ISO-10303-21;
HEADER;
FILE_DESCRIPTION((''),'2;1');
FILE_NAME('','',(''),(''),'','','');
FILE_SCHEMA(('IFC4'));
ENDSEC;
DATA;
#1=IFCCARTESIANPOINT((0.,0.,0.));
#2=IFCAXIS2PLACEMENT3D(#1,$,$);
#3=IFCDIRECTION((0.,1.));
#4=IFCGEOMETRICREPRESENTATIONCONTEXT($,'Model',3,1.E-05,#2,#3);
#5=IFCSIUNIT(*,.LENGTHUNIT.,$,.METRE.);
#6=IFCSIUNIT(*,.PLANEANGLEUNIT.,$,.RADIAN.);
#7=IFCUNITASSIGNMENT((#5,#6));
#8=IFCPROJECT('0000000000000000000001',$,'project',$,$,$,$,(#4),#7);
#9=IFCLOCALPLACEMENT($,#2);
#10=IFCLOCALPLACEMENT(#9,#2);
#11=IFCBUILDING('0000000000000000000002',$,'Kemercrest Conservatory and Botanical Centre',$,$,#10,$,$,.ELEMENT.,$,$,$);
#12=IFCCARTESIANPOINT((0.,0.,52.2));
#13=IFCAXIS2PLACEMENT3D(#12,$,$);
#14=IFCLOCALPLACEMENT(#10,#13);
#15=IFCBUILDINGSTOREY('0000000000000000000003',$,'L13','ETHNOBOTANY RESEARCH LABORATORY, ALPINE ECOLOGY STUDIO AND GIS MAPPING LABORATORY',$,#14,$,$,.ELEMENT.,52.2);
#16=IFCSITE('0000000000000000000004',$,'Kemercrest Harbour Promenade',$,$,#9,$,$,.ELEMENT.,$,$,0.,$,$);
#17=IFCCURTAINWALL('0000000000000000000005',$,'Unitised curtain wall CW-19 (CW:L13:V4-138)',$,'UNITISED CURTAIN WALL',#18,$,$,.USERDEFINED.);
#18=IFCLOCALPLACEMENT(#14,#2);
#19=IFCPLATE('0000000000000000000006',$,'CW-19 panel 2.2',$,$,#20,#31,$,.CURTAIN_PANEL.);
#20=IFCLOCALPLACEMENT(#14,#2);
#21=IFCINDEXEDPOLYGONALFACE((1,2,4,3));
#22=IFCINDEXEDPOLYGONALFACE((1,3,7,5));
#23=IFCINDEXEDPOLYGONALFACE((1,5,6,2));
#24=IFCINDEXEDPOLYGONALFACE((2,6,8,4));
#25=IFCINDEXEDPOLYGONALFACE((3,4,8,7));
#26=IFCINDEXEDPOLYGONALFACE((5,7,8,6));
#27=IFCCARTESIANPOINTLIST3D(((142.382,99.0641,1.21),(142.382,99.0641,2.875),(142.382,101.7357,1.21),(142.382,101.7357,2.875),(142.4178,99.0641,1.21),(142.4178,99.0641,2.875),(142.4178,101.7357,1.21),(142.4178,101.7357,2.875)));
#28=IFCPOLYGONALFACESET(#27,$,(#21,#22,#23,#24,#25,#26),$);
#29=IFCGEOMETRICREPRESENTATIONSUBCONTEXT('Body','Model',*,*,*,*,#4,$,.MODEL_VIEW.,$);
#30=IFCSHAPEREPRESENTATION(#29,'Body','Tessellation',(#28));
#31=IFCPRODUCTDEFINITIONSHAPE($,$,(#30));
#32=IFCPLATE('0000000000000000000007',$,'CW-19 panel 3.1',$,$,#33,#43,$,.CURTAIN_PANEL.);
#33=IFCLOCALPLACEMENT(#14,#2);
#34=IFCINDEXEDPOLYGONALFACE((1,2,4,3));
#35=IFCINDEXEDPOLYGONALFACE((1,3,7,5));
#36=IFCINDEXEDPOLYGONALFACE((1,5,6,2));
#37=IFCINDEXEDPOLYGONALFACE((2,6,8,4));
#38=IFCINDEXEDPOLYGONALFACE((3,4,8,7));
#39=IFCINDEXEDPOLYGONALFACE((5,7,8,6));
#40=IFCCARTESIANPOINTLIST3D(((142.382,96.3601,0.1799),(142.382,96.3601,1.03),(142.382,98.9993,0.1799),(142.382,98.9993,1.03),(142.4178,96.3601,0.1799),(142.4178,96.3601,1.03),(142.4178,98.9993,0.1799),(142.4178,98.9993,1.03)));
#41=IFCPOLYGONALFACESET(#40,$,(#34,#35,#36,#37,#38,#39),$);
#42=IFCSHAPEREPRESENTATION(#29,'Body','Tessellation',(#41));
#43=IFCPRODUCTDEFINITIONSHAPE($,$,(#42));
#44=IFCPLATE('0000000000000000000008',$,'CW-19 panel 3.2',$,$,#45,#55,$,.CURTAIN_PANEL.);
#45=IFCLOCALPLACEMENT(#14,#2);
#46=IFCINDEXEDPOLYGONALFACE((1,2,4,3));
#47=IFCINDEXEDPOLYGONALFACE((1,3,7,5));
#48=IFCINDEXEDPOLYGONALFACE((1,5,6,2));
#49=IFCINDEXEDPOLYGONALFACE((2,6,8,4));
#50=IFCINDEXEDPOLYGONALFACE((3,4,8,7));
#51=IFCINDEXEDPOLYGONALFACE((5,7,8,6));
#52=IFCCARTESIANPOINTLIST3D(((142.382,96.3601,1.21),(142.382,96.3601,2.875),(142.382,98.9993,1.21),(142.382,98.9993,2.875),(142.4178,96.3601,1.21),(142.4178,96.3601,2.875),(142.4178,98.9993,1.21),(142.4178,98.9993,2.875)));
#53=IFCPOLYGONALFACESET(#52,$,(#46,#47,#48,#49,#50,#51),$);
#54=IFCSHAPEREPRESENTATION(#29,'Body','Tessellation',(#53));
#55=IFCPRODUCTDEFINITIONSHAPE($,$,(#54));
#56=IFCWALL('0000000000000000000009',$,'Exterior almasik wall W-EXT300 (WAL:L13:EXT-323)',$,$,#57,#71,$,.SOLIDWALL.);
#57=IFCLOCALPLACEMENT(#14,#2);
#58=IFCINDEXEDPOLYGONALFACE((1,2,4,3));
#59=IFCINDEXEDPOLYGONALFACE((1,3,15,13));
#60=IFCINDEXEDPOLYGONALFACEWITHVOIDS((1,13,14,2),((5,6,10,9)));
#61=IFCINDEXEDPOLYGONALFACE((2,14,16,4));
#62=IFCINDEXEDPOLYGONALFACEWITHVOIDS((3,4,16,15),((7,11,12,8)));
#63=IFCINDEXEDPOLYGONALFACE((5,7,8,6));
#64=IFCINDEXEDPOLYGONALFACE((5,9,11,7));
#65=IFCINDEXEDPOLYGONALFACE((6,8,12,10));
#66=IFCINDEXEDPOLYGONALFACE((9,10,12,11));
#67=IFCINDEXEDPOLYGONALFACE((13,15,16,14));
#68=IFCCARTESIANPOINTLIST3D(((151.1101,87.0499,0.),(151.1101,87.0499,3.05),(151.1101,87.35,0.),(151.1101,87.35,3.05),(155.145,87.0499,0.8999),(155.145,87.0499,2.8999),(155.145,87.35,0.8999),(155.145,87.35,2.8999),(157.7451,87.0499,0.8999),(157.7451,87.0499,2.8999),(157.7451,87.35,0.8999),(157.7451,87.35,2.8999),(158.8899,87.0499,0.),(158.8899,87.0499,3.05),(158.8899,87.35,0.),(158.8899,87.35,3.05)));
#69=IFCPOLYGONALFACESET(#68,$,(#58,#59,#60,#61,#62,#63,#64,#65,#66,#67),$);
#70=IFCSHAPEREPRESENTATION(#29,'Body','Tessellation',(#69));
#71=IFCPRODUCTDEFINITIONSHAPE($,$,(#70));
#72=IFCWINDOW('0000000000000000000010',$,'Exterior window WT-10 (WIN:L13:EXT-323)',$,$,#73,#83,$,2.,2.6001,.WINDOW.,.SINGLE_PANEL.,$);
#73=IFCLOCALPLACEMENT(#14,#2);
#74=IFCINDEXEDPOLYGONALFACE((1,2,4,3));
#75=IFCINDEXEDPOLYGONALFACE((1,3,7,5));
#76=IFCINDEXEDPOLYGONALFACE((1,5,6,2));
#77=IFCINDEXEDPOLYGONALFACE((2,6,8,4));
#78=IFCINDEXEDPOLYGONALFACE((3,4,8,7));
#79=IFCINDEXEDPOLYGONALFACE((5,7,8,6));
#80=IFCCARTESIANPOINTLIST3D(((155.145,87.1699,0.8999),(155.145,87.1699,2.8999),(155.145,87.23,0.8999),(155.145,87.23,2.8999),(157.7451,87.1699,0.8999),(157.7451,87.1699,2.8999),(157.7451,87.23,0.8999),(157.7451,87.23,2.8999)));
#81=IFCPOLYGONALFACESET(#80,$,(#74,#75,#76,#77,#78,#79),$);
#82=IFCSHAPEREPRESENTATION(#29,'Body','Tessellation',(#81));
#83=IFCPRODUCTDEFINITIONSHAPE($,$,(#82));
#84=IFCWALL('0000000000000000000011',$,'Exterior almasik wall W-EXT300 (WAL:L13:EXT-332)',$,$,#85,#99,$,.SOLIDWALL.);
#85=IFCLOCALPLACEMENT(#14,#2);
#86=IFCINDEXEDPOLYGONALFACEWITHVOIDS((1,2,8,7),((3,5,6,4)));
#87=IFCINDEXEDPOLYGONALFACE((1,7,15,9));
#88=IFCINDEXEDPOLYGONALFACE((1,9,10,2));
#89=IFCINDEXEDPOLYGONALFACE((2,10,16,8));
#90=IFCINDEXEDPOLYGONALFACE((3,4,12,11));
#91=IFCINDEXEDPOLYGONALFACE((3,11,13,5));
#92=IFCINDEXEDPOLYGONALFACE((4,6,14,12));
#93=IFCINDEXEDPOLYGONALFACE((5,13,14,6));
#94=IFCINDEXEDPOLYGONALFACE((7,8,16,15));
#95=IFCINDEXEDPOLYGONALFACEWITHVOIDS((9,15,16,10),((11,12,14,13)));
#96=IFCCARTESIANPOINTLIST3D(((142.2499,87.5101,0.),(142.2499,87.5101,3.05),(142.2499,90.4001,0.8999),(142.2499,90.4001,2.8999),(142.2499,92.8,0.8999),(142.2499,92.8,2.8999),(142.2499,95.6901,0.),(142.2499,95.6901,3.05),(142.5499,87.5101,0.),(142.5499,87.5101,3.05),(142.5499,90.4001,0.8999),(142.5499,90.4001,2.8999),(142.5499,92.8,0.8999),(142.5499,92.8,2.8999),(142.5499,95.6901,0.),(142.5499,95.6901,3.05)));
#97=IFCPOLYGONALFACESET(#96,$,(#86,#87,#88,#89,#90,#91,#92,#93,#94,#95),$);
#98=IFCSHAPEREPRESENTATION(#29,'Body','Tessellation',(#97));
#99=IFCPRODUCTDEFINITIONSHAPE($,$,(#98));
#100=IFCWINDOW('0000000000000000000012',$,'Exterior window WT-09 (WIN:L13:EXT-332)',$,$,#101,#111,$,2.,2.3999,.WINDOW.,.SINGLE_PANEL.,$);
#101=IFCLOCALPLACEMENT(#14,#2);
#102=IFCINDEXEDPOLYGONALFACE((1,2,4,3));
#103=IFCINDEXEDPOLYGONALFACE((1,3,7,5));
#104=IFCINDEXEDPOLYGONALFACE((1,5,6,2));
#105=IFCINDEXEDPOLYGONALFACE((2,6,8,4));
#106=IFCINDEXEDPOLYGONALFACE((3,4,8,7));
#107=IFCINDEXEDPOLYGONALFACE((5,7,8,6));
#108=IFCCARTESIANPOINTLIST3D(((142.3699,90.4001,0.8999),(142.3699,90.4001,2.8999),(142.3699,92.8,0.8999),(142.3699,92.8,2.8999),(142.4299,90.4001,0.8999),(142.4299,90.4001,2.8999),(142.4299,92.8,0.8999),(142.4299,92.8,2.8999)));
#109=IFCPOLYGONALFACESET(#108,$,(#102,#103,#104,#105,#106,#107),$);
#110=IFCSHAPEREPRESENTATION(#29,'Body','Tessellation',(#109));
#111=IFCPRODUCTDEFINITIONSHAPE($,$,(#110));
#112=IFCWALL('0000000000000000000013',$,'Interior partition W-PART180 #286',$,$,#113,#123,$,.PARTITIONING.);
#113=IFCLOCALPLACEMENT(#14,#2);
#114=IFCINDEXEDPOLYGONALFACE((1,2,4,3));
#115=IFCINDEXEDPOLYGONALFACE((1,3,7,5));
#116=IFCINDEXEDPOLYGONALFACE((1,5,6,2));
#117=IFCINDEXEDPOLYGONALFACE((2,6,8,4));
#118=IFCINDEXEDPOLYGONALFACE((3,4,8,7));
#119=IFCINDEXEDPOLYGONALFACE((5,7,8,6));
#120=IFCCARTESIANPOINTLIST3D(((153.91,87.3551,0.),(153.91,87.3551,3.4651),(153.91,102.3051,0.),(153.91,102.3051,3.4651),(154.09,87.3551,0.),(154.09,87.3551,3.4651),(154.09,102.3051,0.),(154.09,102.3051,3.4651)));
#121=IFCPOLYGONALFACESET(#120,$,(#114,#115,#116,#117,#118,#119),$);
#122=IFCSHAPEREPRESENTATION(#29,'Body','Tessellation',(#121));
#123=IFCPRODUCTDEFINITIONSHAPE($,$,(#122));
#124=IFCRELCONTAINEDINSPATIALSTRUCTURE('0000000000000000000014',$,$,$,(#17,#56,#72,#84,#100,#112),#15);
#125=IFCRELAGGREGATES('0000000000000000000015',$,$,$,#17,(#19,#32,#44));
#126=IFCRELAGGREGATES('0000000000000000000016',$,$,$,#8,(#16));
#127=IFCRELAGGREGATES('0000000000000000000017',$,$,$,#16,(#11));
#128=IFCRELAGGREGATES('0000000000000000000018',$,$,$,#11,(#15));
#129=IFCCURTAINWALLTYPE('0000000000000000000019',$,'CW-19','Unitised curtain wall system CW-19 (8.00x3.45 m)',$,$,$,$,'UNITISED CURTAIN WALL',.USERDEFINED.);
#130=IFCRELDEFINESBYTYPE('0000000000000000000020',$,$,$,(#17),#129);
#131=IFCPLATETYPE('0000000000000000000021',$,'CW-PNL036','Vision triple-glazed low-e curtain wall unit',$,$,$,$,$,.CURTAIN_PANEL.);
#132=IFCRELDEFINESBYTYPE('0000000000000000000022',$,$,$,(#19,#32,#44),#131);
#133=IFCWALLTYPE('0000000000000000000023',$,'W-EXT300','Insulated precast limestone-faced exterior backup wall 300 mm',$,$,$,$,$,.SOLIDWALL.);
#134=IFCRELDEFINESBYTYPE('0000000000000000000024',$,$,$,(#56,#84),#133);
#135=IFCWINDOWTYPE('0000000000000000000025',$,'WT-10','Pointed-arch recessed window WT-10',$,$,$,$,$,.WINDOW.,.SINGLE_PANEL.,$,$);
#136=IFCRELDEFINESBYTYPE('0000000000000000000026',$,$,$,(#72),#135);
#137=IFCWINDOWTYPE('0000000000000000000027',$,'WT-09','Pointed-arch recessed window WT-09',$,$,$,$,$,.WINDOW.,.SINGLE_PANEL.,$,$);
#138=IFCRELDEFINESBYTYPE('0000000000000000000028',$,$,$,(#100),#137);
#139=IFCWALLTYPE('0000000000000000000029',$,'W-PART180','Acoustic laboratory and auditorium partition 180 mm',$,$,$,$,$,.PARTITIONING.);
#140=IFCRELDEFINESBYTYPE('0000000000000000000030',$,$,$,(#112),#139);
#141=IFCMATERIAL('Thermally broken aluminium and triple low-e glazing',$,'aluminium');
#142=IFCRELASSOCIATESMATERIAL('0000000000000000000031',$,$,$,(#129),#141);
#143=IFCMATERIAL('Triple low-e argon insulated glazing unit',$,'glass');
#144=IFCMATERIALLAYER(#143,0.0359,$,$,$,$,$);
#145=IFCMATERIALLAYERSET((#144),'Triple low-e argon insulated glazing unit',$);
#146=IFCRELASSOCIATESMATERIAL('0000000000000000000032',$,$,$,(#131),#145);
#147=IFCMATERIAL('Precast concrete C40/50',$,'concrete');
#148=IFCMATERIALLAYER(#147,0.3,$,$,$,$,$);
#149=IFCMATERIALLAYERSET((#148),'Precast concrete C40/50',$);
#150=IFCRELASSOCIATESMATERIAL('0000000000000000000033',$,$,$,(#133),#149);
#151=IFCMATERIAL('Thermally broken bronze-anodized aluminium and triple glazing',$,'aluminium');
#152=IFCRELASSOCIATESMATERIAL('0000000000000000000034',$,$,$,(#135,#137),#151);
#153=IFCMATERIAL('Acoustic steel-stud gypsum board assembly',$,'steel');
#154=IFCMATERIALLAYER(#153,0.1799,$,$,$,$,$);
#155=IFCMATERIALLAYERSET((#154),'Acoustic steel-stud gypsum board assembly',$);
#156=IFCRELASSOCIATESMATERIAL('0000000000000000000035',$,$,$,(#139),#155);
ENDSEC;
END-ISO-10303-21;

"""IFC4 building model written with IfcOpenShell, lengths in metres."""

from ifc_helpers import new_model, si_unit, direction, frame, frame_2d, origin, origin_2d, place, context, subcontext, project, spatial, rectangle, extrude, material, layer, layer_set, type_object, element, fill, aggregate, save


model = new_model("IFC4")

# Units and contexts
model_context = context("Model", 3, precision=1e-05, world=origin(), true_north=direction((0.0, 1.0)))
body_context = subcontext(model_context, "Body", "Model", "MODEL_VIEW")
ifc_project = project(units=[si_unit("LENGTHUNIT", "METRE"), si_unit("PLANEANGLEUNIT", "RADIAN")], contexts=[model_context])

# Site, building, storey
site_placement = place(None, origin())
site = spatial("IfcSite", under=ifc_project, at=site_placement, Name="Kemercrest Harbour Promenade", CompositionType="ELEMENT", RefElevation=0.0)
building_placement = place(site_placement, origin())
building = spatial("IfcBuilding", under=site, at=building_placement, Name="Kemercrest Conservatory and Botanical Centre", CompositionType="ELEMENT")
storey_placement = place(building_placement, frame((0.0, 0.0, 52.2)))
storey = spatial("IfcBuildingStorey", under=building, at=storey_placement, Name="L13", Description="ETHNOBOTANY RESEARCH LABORATORY, ALPINE ECOLOGY STUDIO AND GIS MAPPING LABORATORY", CompositionType="ELEMENT", Elevation=52.2)

# Curtain wall
ifc_material_1 = material(Name="Thermally broken aluminium and triple low-e glazing", Category="aluminium")
curtain_wall_type = type_object("IfcCurtainWallType", Name="CW-19", Description="Unitised curtain wall system CW-19 (8.00x3.45 m)", ElementType="UNITISED CURTAIN WALL", PredefinedType="USERDEFINED", material=ifc_material_1)
curtain_wall_placement = place(storey_placement, origin())
curtain_wall = element("IfcCurtainWall", 1, at=curtain_wall_placement, inside=storey, type_object=curtain_wall_type, Name="Unitised curtain wall CW-19 (CW:L13:V4-138)", ObjectType="UNITISED CURTAIN WALL", PredefinedType="USERDEFINED")

# Plates
ifc_material_2 = material(Name="Triple low-e argon insulated glazing unit", Category="glass")
ifc_layer_1 = layer(ifc_material_2, 0.0359)
ifc_layer_set_1 = layer_set([ifc_layer_1], Name="Triple low-e argon insulated glazing unit")
plate_type = type_object("IfcPlateType", Name="CW-PNL036", Description="Vision triple-glazed low-e curtain wall unit", PredefinedType="CURTAIN_PANEL", material=ifc_layer_set_1)
plate_1_placement = place(storey_placement, frame((142.3999, 100.3999, 1.21), z_axis=(0.0, 0.0, 1.0), x_axis=(0.0, -1.0, 0.0)))
plate_1 = element("IfcPlate", 2, at=plate_1_placement, type_object=plate_type, Name="CW-19 panel 2.2", PredefinedType="CURTAIN_PANEL", context=body_context, shape_type="SweptSolid", body=[
    extrude(rectangle(XDim=2.6716, YDim=0.0359, at=origin_2d()), origin(), (0.0, 0.0, 1.0), 1.665),
])
plate_2_placement = place(storey_placement, frame((142.3999, 97.6797, 0.1799), z_axis=(0.0, 0.0, 1.0), x_axis=(0.0, -1.0, 0.0)))
plate_2 = element("IfcPlate", 3, at=plate_2_placement, type_object=plate_type, Name="CW-19 panel 3.1", PredefinedType="CURTAIN_PANEL", context=body_context, shape_type="SweptSolid", body=[
    extrude(rectangle(XDim=2.6392, YDim=0.0359, at=origin_2d()), origin(), (0.0, 0.0, 1.0), 0.8501),
])
plate_3_placement = place(storey_placement, frame((142.3999, 97.6797, 1.21), z_axis=(0.0, 0.0, 1.0), x_axis=(0.0, -1.0, 0.0)))
plate_3 = element("IfcPlate", 4, at=plate_3_placement, type_object=plate_type, Name="CW-19 panel 3.2", PredefinedType="CURTAIN_PANEL", context=body_context, shape_type="SweptSolid", body=[
    extrude(rectangle(XDim=2.6392, YDim=0.0359, at=origin_2d()), origin(), (0.0, 0.0, 1.0), 1.665),
])
aggregate(curtain_wall, [plate_1, plate_2, plate_3])

# Walls, openings, windows
ifc_material_3 = material(Name="Precast concrete C40/50", Category="concrete")
ifc_layer_2 = layer(ifc_material_3, 0.3)
ifc_layer_set_2 = layer_set([ifc_layer_2], Name="Precast concrete C40/50")
wall_type_1 = type_object("IfcWallType", Name="W-EXT300", Description="Insulated precast limestone-faced exterior backup wall 300 mm", PredefinedType="SOLIDWALL", material=ifc_layer_set_2)
wall_1_placement = place(storey_placement, frame((151.1101, 87.2, 0.0), z_axis=(0.0, 0.0, 1.0), x_axis=(1.0, 0.0, 0.0)))
wall_1 = element("IfcWall", 5, at=wall_1_placement, inside=storey, type_object=wall_type_1, Name="Exterior almasik wall W-EXT300 (WAL:L13:EXT-323)", PredefinedType="SOLIDWALL", context=body_context, shape_type="SweptSolid", body=[
    extrude(rectangle(XDim=7.7798, YDim=0.3, at=frame_2d((3.8899, 0.0))), origin(), (0.0, 0.0, 1.0), 3.05),
])
opening_1_placement = place(wall_1_placement, frame((4.0349, 0.0, 0.8999)))
opening_1 = element("IfcOpeningElement", 6, at=opening_1_placement, cuts=wall_1, PredefinedType="OPENING", context=body_context, shape_type="SweptSolid", body=[
    extrude(rectangle(XDim=2.6001, YDim=2.0, at=frame_2d((1.3, 1.0))), frame((0.0, 0.1602, 0.0), z_axis=(0.0, -1.0, 0.0), x_axis=(1.0, 0.0, 0.0)), (0.0, 0.0, 1.0), 0.3201),
])
ifc_material_4 = material(Name="Thermally broken bronze-anodized aluminium and triple glazing", Category="aluminium")
window_type_1 = type_object("IfcWindowType", Name="WT-10", Description="Pointed-arch recessed window WT-10", PartitioningType="SINGLE_PANEL", PredefinedType="WINDOW", material=ifc_material_4)
window_1_placement = place(opening_1_placement, origin())
window_1 = element("IfcWindow", 7, at=window_1_placement, inside=storey, type_object=window_type_1, Name="Exterior window WT-10 (WIN:L13:EXT-323)", OverallHeight=2.0, OverallWidth=2.6001, PartitioningType="SINGLE_PANEL", PredefinedType="WINDOW", context=body_context, shape_type="SweptSolid", body=[
    extrude(rectangle(XDim=2.6001, YDim=2.0, at=frame_2d((1.3, 1.0))), frame((0.0, 0.03, 0.0), z_axis=(0.0, -1.0, 0.0), x_axis=(1.0, 0.0, 0.0)), (0.0, 0.0, 1.0), 0.0601),
])
fill(opening_1, window_1)
wall_2_placement = place(storey_placement, frame((142.3999, 95.6899, 0.0), z_axis=(0.0, 0.0, 1.0), x_axis=(0.0, -1.0, 0.0)))
wall_2 = element("IfcWall", 8, at=wall_2_placement, inside=storey, type_object=wall_type_1, Name="Exterior almasik wall W-EXT300 (WAL:L13:EXT-332)", PredefinedType="SOLIDWALL", context=body_context, shape_type="SweptSolid", body=[
    extrude(rectangle(XDim=8.1799, YDim=0.3, at=frame_2d((4.0898, 0.0))), origin(), (0.0, 0.0, 1.0), 3.05),
])
opening_2_placement = place(wall_2_placement, frame((2.8899, 0.0, 0.8999)))
opening_2 = element("IfcOpeningElement", 9, at=opening_2_placement, cuts=wall_2, PredefinedType="OPENING", context=body_context, shape_type="SweptSolid", body=[
    extrude(rectangle(XDim=2.3999, YDim=2.0, at=frame_2d((1.2, 1.0))), frame((0.0, 0.1602, 0.0), z_axis=(0.0, -1.0, 0.0), x_axis=(1.0, 0.0, 0.0)), (0.0, 0.0, 1.0), 0.3201),
])
window_type_2 = type_object("IfcWindowType", Name="WT-09", Description="Pointed-arch recessed window WT-09", PartitioningType="SINGLE_PANEL", PredefinedType="WINDOW", material=ifc_material_4)
window_2_placement = place(opening_2_placement, origin())
window_2 = element("IfcWindow", 10, at=window_2_placement, inside=storey, type_object=window_type_2, Name="Exterior window WT-09 (WIN:L13:EXT-332)", OverallHeight=2.0, OverallWidth=2.3999, PartitioningType="SINGLE_PANEL", PredefinedType="WINDOW", context=body_context, shape_type="SweptSolid", body=[
    extrude(rectangle(XDim=2.3999, YDim=2.0, at=frame_2d((1.2, 1.0))), frame((0.0, 0.03, 0.0), z_axis=(0.0, -1.0, 0.0), x_axis=(1.0, 0.0, 0.0)), (0.0, 0.0, 1.0), 0.0601),
])
fill(opening_2, window_2)

# Wall
ifc_material_5 = material(Name="Acoustic steel-stud gypsum board assembly", Category="steel")
ifc_layer_3 = layer(ifc_material_5, 0.1799)
ifc_layer_set_3 = layer_set([ifc_layer_3], Name="Acoustic steel-stud gypsum board assembly")
wall_type_2 = type_object("IfcWallType", Name="W-PART180", Description="Acoustic laboratory and auditorium partition 180 mm", PredefinedType="PARTITIONING", material=ifc_layer_set_3)
wall_3_placement = place(storey_placement, frame((154.0, 87.355, 0.0), z_axis=(0.0, 0.0, 1.0), x_axis=(0.0, 1.0, 0.0)))
element("IfcWall", 11, at=wall_3_placement, inside=storey, type_object=wall_type_2, Name="Interior partition W-PART180 #286", PredefinedType="PARTITIONING", context=body_context, shape_type="SweptSolid", body=[
    extrude(rectangle(XDim=14.95, YDim=0.1799, at=frame_2d((7.4751, 0.0))), origin(), (0.0, 0.0, 1.0), 3.4651),
])

save(model, "model.ifc")
